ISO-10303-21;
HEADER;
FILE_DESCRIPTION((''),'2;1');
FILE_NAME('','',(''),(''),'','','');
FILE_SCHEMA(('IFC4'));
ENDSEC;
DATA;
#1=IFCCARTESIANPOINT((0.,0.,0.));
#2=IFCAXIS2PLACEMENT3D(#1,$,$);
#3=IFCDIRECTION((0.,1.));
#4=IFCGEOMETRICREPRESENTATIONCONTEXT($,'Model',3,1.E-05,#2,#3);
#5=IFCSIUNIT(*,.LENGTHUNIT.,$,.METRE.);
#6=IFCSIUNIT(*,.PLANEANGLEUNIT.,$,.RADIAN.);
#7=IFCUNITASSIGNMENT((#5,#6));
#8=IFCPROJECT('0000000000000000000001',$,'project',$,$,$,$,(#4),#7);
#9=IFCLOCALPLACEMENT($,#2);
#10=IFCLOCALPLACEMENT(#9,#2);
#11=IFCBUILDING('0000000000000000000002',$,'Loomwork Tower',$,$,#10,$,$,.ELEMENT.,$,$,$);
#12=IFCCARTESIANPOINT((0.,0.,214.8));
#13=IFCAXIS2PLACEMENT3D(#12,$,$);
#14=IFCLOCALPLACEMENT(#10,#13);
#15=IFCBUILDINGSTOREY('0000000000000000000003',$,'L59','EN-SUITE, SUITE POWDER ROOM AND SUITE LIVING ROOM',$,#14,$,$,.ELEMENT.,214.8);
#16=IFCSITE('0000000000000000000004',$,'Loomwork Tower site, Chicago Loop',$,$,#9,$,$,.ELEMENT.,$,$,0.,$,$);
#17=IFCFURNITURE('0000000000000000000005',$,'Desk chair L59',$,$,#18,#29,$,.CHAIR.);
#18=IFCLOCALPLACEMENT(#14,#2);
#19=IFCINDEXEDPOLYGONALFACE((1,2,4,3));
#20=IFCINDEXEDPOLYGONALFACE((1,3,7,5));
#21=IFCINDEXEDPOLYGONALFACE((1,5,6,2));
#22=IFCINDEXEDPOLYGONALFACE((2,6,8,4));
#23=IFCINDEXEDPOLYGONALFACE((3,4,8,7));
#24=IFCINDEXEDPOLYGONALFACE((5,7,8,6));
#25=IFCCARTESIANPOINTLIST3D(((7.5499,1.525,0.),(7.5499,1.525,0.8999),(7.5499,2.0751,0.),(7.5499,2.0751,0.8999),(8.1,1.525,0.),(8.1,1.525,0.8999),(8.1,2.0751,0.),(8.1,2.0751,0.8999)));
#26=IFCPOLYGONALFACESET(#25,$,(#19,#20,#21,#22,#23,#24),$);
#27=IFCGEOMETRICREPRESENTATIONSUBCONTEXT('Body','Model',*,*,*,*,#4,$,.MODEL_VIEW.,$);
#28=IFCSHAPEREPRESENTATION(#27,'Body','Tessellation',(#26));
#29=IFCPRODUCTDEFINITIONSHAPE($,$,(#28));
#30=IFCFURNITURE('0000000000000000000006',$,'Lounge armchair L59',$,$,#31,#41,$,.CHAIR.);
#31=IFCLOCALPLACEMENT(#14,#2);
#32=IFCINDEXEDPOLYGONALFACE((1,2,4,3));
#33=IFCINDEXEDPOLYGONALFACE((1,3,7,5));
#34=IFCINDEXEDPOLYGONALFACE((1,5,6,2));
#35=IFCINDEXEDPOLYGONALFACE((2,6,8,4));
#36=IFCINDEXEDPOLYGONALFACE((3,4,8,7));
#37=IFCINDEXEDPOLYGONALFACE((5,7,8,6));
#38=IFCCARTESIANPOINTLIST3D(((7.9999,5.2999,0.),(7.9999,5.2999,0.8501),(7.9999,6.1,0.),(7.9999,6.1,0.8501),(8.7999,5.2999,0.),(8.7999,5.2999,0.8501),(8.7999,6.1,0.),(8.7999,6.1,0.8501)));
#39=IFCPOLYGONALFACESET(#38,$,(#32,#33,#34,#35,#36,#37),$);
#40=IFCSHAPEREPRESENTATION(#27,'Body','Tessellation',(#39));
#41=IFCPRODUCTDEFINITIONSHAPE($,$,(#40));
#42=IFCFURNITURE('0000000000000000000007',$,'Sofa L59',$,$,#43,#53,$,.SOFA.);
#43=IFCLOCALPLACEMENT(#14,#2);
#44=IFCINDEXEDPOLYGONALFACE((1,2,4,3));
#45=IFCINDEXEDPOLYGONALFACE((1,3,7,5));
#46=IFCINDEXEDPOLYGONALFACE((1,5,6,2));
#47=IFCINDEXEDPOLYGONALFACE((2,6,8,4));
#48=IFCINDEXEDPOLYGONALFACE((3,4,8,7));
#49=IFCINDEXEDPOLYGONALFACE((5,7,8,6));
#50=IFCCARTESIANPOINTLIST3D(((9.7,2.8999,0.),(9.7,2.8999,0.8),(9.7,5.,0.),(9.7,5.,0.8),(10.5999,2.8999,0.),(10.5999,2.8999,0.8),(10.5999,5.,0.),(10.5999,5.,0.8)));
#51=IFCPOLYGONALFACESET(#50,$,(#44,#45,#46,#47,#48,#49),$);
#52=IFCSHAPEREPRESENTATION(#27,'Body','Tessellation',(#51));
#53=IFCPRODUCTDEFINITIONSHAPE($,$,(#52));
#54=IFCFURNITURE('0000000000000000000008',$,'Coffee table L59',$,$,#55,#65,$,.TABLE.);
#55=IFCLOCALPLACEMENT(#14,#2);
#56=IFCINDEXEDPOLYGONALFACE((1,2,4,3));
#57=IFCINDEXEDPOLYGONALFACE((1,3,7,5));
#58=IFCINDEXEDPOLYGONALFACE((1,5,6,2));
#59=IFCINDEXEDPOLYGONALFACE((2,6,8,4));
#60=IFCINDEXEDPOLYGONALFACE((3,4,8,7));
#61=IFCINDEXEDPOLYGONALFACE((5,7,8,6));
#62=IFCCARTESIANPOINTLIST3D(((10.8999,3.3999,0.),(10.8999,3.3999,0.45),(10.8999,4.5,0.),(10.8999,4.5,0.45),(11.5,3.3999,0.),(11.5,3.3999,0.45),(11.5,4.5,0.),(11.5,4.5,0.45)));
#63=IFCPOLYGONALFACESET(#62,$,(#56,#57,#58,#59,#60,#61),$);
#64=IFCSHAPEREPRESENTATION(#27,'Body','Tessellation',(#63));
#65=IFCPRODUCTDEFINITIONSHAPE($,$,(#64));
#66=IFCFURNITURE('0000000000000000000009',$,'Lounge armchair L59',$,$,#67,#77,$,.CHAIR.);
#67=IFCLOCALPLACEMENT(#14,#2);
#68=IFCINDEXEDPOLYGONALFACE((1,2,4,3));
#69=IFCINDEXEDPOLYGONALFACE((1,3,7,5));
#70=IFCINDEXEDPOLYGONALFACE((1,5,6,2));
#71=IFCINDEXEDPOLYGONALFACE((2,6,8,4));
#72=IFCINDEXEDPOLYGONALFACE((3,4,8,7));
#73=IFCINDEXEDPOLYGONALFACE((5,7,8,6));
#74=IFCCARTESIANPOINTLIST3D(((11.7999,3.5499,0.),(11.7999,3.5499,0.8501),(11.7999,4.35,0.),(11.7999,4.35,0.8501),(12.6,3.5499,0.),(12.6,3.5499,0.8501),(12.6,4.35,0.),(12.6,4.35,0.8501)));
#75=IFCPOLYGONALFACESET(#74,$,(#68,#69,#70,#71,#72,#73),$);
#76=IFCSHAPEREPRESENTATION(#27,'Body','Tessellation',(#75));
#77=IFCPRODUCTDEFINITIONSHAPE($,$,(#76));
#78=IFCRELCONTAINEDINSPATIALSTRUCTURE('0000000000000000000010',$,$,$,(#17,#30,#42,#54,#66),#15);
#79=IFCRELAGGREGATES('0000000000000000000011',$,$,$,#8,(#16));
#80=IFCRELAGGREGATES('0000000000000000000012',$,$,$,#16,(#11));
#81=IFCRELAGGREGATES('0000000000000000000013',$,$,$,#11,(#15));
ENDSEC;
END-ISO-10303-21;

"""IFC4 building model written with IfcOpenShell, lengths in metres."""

from ifc_helpers import new_model, si_unit, direction, frame, origin, origin_2d, place, context, subcontext, project, spatial, rectangle, extrude, element, save


model = new_model("IFC4")

# Units and contexts
model_context = context("Model", 3, precision=1e-05, world=origin(), true_north=direction((0.0, 1.0)))
body_context = subcontext(model_context, "Body", "Model", "MODEL_VIEW")
ifc_project = project(units=[si_unit("LENGTHUNIT", "METRE"), si_unit("PLANEANGLEUNIT", "RADIAN")], contexts=[model_context])

# Site, building, storey
site_placement = place(None, origin())
site = spatial("IfcSite", under=ifc_project, at=site_placement, Name="Loomwork Tower site, Chicago Loop", CompositionType="ELEMENT", RefElevation=0.0)
building_placement = place(site_placement, origin())
building = spatial("IfcBuilding", under=site, at=building_placement, Name="Loomwork Tower", CompositionType="ELEMENT")
storey_placement = place(building_placement, frame((0.0, 0.0, 214.8)))
storey = spatial("IfcBuildingStorey", under=building, at=storey_placement, Name="L59", Description="EN-SUITE, SUITE POWDER ROOM AND SUITE LIVING ROOM", CompositionType="ELEMENT", Elevation=214.8)

# Furniture
furniture_1_placement = place(storey_placement, frame((7.825, 1.8, 0.0), z_axis=(0.0, 0.0, 1.0), x_axis=(1.0, 0.0, 0.0)))
element("IfcFurniture", 1, at=furniture_1_placement, inside=storey, Name="Desk chair L59", PredefinedType="CHAIR", context=body_context, shape_type="SweptSolid", body=[
    extrude(rectangle(XDim=0.55, YDim=0.55, at=origin_2d()), origin(), (0.0, 0.0, 1.0), 0.8999),
])
furniture_2_placement = place(storey_placement, frame((8.3999, 5.7, 0.0), z_axis=(0.0, 0.0, 1.0), x_axis=(1.0, 0.0, 0.0)))
element("IfcFurniture", 2, at=furniture_2_placement, inside=storey, Name="Lounge armchair L59", PredefinedType="CHAIR", context=body_context, shape_type="SweptSolid", body=[
    extrude(rectangle(XDim=0.8, YDim=0.8, at=origin_2d()), origin(), (0.0, 0.0, 1.0), 0.8501),
])
furniture_3_placement = place(storey_placement, frame((10.1499, 3.95, 0.0), z_axis=(0.0, 0.0, 1.0), x_axis=(1.0, 0.0, 0.0)))
element("IfcFurniture", 3, at=furniture_3_placement, inside=storey, Name="Sofa L59", PredefinedType="SOFA", context=body_context, shape_type="SweptSolid", body=[
    extrude(rectangle(XDim=0.8999, YDim=2.1001, at=origin_2d()), origin(), (0.0, 0.0, 1.0), 0.8),
])
furniture_4_placement = place(storey_placement, frame((11.2, 3.95, 0.0), z_axis=(0.0, 0.0, 1.0), x_axis=(1.0, 0.0, 0.0)))
element("IfcFurniture", 4, at=furniture_4_placement, inside=storey, Name="Coffee table L59", PredefinedType="TABLE", context=body_context, shape_type="SweptSolid", body=[
    extrude(rectangle(XDim=0.6001, YDim=1.1001, at=origin_2d()), origin(), (0.0, 0.0, 1.0), 0.45),
])
furniture_5_placement = place(storey_placement, frame((12.2, 3.95, 0.0), z_axis=(0.0, 0.0, 1.0), x_axis=(1.0, 0.0, 0.0)))
element("IfcFurniture", 5, at=furniture_5_placement, inside=storey, Name="Lounge armchair L59", PredefinedType="CHAIR", context=body_context, shape_type="SweptSolid", body=[
    extrude(rectangle(XDim=0.8, YDim=0.8, at=origin_2d()), origin(), (0.0, 0.0, 1.0), 0.8501),
])

save(model, "model.ifc")
